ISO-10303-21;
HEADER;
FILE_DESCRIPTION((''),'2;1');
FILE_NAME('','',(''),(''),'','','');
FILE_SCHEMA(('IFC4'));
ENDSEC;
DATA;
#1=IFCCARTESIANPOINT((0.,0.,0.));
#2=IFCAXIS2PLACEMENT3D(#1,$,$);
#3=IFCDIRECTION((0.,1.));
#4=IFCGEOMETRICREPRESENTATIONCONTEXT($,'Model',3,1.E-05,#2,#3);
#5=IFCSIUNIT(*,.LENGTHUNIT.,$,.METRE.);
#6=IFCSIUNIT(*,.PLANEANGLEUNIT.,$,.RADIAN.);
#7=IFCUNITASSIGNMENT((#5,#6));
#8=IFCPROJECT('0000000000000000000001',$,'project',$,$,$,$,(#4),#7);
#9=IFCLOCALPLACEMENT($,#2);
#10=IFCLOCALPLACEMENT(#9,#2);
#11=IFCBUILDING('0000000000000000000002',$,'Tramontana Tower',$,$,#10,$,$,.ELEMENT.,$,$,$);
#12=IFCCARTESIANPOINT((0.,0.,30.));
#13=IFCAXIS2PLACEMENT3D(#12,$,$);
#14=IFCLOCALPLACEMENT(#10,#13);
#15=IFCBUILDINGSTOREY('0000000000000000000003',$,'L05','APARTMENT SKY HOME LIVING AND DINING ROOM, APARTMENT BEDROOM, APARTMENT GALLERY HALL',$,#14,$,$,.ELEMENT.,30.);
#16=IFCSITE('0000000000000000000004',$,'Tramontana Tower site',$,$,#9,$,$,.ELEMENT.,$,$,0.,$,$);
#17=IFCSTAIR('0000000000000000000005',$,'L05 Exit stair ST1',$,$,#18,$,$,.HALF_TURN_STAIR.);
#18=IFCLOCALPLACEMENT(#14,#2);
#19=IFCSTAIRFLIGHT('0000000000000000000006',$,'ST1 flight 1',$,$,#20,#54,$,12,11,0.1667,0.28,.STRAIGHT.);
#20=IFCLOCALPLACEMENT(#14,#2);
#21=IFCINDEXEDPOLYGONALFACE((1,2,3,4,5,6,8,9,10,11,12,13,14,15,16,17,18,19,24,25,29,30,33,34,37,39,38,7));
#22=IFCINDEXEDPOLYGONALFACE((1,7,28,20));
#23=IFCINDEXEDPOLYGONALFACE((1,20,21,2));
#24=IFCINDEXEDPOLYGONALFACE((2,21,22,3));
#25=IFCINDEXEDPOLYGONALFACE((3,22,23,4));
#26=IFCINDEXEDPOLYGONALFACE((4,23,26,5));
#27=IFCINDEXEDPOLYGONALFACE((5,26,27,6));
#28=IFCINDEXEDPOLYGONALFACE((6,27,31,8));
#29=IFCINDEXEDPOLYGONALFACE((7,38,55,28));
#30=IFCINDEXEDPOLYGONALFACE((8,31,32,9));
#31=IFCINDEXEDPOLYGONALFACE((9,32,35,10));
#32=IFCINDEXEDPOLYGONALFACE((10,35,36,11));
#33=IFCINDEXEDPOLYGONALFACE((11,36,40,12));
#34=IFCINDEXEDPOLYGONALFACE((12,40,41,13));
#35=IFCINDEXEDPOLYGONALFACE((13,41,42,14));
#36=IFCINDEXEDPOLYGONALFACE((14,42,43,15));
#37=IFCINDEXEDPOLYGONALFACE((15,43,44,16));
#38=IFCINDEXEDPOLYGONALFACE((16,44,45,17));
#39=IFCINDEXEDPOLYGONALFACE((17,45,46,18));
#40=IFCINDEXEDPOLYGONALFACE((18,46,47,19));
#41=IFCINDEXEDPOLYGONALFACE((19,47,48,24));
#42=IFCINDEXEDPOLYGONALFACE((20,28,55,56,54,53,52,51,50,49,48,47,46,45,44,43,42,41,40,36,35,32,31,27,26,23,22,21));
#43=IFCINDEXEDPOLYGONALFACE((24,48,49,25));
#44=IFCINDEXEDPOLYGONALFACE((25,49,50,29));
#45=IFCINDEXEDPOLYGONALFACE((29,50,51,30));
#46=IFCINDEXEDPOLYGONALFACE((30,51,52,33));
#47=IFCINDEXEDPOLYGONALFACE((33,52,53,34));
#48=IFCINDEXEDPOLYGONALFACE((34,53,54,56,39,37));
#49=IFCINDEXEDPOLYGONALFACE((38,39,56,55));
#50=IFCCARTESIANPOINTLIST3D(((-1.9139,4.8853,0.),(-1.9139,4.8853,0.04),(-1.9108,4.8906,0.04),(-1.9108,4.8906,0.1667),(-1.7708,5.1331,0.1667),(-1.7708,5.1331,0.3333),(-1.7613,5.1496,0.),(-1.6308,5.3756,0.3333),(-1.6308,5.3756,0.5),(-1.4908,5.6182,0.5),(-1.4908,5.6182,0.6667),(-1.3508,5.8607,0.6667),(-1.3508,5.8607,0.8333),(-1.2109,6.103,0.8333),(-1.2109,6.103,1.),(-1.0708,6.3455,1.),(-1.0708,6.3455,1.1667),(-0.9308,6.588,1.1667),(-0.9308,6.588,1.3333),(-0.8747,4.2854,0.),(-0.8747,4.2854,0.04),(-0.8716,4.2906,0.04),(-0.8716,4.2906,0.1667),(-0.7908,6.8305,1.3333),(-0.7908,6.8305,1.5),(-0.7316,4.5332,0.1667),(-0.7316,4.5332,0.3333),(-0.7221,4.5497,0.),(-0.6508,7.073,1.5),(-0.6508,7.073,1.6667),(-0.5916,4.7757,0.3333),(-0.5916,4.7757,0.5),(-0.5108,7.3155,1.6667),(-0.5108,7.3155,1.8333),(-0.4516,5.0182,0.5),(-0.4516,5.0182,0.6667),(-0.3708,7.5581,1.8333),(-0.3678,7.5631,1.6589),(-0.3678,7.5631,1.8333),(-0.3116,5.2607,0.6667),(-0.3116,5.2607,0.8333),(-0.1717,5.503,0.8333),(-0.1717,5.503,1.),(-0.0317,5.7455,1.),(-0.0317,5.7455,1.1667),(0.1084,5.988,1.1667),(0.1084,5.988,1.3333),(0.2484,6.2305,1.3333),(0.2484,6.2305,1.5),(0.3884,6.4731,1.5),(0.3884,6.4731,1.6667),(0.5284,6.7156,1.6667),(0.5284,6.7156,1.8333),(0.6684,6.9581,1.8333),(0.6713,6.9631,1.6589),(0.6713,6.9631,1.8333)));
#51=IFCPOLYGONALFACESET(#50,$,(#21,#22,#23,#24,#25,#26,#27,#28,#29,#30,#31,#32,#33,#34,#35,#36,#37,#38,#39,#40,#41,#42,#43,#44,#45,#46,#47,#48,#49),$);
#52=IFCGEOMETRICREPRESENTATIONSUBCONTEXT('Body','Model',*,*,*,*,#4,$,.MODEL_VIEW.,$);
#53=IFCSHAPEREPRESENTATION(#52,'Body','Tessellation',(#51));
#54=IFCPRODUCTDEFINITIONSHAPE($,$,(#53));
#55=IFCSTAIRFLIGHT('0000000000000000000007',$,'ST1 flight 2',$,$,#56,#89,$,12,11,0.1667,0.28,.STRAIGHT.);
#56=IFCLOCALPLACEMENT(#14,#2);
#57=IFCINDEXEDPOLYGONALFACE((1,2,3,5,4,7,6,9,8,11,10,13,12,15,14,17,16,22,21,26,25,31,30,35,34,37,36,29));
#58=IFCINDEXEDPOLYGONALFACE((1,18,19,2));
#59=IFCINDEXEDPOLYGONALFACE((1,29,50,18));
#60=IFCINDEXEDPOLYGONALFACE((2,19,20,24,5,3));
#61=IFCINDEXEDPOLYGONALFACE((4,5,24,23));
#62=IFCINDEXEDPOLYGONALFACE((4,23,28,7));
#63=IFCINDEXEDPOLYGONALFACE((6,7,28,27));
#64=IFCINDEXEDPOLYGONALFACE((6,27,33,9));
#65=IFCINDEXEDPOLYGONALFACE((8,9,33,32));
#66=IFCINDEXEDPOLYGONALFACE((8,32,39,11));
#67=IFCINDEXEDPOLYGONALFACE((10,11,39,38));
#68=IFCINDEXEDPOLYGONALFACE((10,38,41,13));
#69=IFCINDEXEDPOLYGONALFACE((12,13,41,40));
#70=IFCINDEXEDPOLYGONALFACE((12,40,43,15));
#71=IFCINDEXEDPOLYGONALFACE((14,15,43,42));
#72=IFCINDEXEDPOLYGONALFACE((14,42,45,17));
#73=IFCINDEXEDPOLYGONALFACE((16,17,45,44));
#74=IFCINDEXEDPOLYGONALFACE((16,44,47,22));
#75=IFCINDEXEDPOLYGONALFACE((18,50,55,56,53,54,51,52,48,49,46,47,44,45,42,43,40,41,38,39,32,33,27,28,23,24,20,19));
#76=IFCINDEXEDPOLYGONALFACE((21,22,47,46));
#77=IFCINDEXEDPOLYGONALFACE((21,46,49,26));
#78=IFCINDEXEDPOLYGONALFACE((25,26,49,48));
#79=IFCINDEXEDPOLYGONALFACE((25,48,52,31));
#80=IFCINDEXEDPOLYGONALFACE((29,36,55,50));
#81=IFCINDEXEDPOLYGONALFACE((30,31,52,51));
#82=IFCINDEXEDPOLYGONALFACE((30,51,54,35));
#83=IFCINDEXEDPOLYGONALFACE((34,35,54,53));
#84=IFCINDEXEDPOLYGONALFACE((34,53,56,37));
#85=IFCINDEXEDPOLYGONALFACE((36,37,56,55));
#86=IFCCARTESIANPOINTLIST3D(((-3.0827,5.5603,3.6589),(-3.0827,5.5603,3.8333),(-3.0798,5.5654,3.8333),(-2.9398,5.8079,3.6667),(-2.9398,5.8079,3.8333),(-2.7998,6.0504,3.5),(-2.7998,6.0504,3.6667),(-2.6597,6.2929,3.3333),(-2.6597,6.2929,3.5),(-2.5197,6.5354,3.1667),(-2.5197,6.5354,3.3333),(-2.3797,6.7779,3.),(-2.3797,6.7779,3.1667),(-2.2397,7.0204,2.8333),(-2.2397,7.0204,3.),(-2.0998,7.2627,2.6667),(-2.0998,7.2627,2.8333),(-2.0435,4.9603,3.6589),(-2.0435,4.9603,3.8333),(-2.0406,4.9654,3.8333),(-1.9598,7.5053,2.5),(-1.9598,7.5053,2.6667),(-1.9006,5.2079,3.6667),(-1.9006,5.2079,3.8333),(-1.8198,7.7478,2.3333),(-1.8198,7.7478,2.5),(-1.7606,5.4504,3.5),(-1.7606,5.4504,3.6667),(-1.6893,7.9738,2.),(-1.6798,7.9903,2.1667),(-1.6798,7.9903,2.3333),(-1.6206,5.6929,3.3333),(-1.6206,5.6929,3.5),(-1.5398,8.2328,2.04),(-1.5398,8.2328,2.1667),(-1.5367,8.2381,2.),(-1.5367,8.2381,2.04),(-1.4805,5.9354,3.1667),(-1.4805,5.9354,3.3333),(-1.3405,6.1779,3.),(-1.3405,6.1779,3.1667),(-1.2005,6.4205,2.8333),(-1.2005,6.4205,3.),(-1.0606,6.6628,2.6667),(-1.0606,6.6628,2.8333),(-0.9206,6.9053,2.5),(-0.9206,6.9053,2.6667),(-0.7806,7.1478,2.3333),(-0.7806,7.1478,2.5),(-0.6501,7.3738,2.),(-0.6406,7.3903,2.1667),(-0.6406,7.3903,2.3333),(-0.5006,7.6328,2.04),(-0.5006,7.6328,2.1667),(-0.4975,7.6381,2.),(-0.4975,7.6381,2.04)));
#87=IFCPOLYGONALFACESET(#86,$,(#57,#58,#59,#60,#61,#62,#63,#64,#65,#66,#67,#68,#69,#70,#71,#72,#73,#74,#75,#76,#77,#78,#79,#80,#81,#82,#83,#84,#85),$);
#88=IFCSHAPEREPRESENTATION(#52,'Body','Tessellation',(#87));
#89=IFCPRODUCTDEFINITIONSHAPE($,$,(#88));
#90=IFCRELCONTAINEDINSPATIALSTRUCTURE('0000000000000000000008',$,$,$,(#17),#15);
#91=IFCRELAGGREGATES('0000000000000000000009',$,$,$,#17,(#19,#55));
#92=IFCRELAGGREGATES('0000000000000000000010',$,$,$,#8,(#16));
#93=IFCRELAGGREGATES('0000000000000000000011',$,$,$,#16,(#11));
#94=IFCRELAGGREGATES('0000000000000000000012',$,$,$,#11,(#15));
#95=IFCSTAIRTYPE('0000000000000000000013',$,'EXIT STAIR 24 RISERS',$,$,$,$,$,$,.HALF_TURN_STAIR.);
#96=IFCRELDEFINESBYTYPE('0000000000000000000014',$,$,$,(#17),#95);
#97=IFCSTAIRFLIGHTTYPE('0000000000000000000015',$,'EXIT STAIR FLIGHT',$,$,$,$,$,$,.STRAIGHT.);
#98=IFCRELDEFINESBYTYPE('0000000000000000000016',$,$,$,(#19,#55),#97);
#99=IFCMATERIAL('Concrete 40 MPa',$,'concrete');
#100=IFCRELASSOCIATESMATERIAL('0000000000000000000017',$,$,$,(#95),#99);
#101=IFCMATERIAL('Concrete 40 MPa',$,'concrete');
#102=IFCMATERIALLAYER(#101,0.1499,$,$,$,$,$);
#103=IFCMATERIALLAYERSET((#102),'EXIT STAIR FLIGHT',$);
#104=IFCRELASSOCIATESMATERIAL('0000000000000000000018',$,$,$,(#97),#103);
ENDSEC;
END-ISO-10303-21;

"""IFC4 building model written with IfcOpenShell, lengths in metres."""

from ifc_helpers import new_model, si_unit, direction, frame, origin, place, context, subcontext, project, spatial, polyline, outline, extrude, material, layer, layer_set, type_object, element, aggregate, save


model = new_model("IFC4")

# Units and contexts
model_context = context("Model", 3, precision=1e-05, world=origin(), true_north=direction((0.0, 1.0)))
body_context = subcontext(model_context, "Body", "Model", "MODEL_VIEW")
ifc_project = project(units=[si_unit("LENGTHUNIT", "METRE"), si_unit("PLANEANGLEUNIT", "RADIAN")], contexts=[model_context])

# Site, building, storey
site_placement = place(None, origin())
site = spatial("IfcSite", under=ifc_project, at=site_placement, Name="Tramontana Tower site", CompositionType="ELEMENT", RefElevation=0.0)
building_placement = place(site_placement, origin())
building = spatial("IfcBuilding", under=site, at=building_placement, Name="Tramontana Tower", CompositionType="ELEMENT")
storey_placement = place(building_placement, frame((0.0, 0.0, 30.0)))
storey = spatial("IfcBuildingStorey", under=building, at=storey_placement, Name="L05", Description="APARTMENT SKY HOME LIVING AND DINING ROOM, APARTMENT BEDROOM, APARTMENT GALLERY HALL", CompositionType="ELEMENT", Elevation=30.0)

# Stair, stair flights
ifc_material_1 = material(Name="Concrete 40 MPa", Category="concrete")
stair_type = type_object("IfcStairType", Name="EXIT STAIR 24 RISERS", PredefinedType="HALF_TURN_STAIR", material=ifc_material_1)
stair_placement = place(storey_placement, origin())
stair = element("IfcStair", 1, at=stair_placement, inside=storey, type_object=stair_type, Name="L05 Exit stair ST1", PredefinedType="HALF_TURN_STAIR")
ifc_material_2 = material(Name="Concrete 40 MPa", Category="concrete")
ifc_layer_1 = layer(ifc_material_2, 0.1499)
ifc_layer_set_1 = layer_set([ifc_layer_1], Name="EXIT STAIR FLIGHT")
stair_flight_type = type_object("IfcStairFlightType", Name="EXIT STAIR FLIGHT", PredefinedType="STRAIGHT", material=ifc_layer_set_1)
stair_flight_1_placement = place(storey_placement, frame((-1.3911, 4.5906, 0.0), z_axis=(0.0, 0.0, 1.0), x_axis=(0.5, 0.866025, 0.0)))
stair_flight_1 = element("IfcStairFlight", 2, at=stair_flight_1_placement, type_object=stair_flight_type, Name="ST1 flight 1", NumberOfRisers=12, NumberOfTreads=11, PredefinedType="STRAIGHT", RiserHeight=0.1667, TreadLength=0.28, context=body_context, shape_type="SweptSolid", body=[
    extrude(outline(polyline([(-0.0061, 0.0), (-0.0061, 0.04), (0.0, 0.04), (0.0, 0.1667), (0.28, 0.1667), (0.28, 0.3333), (0.5601, 0.3333), (0.5601, 0.5), (0.8401, 0.5), (0.8401, 0.6667), (1.1201, 0.6667), (1.1201, 0.8333), (1.3999, 0.8333), (1.3999, 1.0), (1.6799, 1.0), (1.6799, 1.1667), (1.96, 1.1667), (1.96, 1.3333), (2.24, 1.3333), (2.24, 1.5), (2.52, 1.5), (2.52, 1.6667), (2.8, 1.6667), (2.8, 1.8333), (3.0801, 1.8333), (3.0859, 1.8333), (3.0859, 1.6589), (0.2991, 0.0), (-0.0061, 0.0)])), frame((0.0, 0.6001, 0.0), z_axis=(0.0, -1.0, 0.0), x_axis=(1.0, 0.0, 0.0)), (0.0, 0.0, 1.0), 1.2),
])
stair_flight_2_placement = place(storey_placement, frame((-1.0203, 7.9329, 2.0), z_axis=(0.0, 0.0, 1.0), x_axis=(-0.5, -0.866025, 0.0)))
stair_flight_2 = element("IfcStairFlight", 3, at=stair_flight_2_placement, type_object=stair_flight_type, Name="ST1 flight 2", NumberOfRisers=12, NumberOfTreads=11, PredefinedType="STRAIGHT", RiserHeight=0.1667, TreadLength=0.28, context=body_context, shape_type="SweptSolid", body=[
    extrude(outline(polyline([(-0.0061, 0.0), (-0.0061, 0.04), (0.0, 0.04), (0.0, 0.1667), (0.28, 0.1667), (0.28, 0.3333), (0.5601, 0.3333), (0.5601, 0.5), (0.8401, 0.5), (0.8401, 0.6667), (1.1201, 0.6667), (1.1201, 0.8333), (1.3999, 0.8333), (1.3999, 1.0), (1.6799, 1.0), (1.6799, 1.1667), (1.96, 1.1667), (1.96, 1.3333), (2.24, 1.3333), (2.24, 1.5), (2.52, 1.5), (2.52, 1.6667), (2.8, 1.6667), (2.8, 1.8333), (3.0801, 1.8333), (3.0859, 1.8333), (3.0859, 1.6589), (0.2991, 0.0), (-0.0061, 0.0)])), frame((0.0, 0.6001, 0.0), z_axis=(0.0, -1.0, 0.0), x_axis=(1.0, 0.0, 0.0)), (0.0, 0.0, 1.0), 1.2),
])
aggregate(stair, [stair_flight_1, stair_flight_2])

save(model, "model.ifc")
